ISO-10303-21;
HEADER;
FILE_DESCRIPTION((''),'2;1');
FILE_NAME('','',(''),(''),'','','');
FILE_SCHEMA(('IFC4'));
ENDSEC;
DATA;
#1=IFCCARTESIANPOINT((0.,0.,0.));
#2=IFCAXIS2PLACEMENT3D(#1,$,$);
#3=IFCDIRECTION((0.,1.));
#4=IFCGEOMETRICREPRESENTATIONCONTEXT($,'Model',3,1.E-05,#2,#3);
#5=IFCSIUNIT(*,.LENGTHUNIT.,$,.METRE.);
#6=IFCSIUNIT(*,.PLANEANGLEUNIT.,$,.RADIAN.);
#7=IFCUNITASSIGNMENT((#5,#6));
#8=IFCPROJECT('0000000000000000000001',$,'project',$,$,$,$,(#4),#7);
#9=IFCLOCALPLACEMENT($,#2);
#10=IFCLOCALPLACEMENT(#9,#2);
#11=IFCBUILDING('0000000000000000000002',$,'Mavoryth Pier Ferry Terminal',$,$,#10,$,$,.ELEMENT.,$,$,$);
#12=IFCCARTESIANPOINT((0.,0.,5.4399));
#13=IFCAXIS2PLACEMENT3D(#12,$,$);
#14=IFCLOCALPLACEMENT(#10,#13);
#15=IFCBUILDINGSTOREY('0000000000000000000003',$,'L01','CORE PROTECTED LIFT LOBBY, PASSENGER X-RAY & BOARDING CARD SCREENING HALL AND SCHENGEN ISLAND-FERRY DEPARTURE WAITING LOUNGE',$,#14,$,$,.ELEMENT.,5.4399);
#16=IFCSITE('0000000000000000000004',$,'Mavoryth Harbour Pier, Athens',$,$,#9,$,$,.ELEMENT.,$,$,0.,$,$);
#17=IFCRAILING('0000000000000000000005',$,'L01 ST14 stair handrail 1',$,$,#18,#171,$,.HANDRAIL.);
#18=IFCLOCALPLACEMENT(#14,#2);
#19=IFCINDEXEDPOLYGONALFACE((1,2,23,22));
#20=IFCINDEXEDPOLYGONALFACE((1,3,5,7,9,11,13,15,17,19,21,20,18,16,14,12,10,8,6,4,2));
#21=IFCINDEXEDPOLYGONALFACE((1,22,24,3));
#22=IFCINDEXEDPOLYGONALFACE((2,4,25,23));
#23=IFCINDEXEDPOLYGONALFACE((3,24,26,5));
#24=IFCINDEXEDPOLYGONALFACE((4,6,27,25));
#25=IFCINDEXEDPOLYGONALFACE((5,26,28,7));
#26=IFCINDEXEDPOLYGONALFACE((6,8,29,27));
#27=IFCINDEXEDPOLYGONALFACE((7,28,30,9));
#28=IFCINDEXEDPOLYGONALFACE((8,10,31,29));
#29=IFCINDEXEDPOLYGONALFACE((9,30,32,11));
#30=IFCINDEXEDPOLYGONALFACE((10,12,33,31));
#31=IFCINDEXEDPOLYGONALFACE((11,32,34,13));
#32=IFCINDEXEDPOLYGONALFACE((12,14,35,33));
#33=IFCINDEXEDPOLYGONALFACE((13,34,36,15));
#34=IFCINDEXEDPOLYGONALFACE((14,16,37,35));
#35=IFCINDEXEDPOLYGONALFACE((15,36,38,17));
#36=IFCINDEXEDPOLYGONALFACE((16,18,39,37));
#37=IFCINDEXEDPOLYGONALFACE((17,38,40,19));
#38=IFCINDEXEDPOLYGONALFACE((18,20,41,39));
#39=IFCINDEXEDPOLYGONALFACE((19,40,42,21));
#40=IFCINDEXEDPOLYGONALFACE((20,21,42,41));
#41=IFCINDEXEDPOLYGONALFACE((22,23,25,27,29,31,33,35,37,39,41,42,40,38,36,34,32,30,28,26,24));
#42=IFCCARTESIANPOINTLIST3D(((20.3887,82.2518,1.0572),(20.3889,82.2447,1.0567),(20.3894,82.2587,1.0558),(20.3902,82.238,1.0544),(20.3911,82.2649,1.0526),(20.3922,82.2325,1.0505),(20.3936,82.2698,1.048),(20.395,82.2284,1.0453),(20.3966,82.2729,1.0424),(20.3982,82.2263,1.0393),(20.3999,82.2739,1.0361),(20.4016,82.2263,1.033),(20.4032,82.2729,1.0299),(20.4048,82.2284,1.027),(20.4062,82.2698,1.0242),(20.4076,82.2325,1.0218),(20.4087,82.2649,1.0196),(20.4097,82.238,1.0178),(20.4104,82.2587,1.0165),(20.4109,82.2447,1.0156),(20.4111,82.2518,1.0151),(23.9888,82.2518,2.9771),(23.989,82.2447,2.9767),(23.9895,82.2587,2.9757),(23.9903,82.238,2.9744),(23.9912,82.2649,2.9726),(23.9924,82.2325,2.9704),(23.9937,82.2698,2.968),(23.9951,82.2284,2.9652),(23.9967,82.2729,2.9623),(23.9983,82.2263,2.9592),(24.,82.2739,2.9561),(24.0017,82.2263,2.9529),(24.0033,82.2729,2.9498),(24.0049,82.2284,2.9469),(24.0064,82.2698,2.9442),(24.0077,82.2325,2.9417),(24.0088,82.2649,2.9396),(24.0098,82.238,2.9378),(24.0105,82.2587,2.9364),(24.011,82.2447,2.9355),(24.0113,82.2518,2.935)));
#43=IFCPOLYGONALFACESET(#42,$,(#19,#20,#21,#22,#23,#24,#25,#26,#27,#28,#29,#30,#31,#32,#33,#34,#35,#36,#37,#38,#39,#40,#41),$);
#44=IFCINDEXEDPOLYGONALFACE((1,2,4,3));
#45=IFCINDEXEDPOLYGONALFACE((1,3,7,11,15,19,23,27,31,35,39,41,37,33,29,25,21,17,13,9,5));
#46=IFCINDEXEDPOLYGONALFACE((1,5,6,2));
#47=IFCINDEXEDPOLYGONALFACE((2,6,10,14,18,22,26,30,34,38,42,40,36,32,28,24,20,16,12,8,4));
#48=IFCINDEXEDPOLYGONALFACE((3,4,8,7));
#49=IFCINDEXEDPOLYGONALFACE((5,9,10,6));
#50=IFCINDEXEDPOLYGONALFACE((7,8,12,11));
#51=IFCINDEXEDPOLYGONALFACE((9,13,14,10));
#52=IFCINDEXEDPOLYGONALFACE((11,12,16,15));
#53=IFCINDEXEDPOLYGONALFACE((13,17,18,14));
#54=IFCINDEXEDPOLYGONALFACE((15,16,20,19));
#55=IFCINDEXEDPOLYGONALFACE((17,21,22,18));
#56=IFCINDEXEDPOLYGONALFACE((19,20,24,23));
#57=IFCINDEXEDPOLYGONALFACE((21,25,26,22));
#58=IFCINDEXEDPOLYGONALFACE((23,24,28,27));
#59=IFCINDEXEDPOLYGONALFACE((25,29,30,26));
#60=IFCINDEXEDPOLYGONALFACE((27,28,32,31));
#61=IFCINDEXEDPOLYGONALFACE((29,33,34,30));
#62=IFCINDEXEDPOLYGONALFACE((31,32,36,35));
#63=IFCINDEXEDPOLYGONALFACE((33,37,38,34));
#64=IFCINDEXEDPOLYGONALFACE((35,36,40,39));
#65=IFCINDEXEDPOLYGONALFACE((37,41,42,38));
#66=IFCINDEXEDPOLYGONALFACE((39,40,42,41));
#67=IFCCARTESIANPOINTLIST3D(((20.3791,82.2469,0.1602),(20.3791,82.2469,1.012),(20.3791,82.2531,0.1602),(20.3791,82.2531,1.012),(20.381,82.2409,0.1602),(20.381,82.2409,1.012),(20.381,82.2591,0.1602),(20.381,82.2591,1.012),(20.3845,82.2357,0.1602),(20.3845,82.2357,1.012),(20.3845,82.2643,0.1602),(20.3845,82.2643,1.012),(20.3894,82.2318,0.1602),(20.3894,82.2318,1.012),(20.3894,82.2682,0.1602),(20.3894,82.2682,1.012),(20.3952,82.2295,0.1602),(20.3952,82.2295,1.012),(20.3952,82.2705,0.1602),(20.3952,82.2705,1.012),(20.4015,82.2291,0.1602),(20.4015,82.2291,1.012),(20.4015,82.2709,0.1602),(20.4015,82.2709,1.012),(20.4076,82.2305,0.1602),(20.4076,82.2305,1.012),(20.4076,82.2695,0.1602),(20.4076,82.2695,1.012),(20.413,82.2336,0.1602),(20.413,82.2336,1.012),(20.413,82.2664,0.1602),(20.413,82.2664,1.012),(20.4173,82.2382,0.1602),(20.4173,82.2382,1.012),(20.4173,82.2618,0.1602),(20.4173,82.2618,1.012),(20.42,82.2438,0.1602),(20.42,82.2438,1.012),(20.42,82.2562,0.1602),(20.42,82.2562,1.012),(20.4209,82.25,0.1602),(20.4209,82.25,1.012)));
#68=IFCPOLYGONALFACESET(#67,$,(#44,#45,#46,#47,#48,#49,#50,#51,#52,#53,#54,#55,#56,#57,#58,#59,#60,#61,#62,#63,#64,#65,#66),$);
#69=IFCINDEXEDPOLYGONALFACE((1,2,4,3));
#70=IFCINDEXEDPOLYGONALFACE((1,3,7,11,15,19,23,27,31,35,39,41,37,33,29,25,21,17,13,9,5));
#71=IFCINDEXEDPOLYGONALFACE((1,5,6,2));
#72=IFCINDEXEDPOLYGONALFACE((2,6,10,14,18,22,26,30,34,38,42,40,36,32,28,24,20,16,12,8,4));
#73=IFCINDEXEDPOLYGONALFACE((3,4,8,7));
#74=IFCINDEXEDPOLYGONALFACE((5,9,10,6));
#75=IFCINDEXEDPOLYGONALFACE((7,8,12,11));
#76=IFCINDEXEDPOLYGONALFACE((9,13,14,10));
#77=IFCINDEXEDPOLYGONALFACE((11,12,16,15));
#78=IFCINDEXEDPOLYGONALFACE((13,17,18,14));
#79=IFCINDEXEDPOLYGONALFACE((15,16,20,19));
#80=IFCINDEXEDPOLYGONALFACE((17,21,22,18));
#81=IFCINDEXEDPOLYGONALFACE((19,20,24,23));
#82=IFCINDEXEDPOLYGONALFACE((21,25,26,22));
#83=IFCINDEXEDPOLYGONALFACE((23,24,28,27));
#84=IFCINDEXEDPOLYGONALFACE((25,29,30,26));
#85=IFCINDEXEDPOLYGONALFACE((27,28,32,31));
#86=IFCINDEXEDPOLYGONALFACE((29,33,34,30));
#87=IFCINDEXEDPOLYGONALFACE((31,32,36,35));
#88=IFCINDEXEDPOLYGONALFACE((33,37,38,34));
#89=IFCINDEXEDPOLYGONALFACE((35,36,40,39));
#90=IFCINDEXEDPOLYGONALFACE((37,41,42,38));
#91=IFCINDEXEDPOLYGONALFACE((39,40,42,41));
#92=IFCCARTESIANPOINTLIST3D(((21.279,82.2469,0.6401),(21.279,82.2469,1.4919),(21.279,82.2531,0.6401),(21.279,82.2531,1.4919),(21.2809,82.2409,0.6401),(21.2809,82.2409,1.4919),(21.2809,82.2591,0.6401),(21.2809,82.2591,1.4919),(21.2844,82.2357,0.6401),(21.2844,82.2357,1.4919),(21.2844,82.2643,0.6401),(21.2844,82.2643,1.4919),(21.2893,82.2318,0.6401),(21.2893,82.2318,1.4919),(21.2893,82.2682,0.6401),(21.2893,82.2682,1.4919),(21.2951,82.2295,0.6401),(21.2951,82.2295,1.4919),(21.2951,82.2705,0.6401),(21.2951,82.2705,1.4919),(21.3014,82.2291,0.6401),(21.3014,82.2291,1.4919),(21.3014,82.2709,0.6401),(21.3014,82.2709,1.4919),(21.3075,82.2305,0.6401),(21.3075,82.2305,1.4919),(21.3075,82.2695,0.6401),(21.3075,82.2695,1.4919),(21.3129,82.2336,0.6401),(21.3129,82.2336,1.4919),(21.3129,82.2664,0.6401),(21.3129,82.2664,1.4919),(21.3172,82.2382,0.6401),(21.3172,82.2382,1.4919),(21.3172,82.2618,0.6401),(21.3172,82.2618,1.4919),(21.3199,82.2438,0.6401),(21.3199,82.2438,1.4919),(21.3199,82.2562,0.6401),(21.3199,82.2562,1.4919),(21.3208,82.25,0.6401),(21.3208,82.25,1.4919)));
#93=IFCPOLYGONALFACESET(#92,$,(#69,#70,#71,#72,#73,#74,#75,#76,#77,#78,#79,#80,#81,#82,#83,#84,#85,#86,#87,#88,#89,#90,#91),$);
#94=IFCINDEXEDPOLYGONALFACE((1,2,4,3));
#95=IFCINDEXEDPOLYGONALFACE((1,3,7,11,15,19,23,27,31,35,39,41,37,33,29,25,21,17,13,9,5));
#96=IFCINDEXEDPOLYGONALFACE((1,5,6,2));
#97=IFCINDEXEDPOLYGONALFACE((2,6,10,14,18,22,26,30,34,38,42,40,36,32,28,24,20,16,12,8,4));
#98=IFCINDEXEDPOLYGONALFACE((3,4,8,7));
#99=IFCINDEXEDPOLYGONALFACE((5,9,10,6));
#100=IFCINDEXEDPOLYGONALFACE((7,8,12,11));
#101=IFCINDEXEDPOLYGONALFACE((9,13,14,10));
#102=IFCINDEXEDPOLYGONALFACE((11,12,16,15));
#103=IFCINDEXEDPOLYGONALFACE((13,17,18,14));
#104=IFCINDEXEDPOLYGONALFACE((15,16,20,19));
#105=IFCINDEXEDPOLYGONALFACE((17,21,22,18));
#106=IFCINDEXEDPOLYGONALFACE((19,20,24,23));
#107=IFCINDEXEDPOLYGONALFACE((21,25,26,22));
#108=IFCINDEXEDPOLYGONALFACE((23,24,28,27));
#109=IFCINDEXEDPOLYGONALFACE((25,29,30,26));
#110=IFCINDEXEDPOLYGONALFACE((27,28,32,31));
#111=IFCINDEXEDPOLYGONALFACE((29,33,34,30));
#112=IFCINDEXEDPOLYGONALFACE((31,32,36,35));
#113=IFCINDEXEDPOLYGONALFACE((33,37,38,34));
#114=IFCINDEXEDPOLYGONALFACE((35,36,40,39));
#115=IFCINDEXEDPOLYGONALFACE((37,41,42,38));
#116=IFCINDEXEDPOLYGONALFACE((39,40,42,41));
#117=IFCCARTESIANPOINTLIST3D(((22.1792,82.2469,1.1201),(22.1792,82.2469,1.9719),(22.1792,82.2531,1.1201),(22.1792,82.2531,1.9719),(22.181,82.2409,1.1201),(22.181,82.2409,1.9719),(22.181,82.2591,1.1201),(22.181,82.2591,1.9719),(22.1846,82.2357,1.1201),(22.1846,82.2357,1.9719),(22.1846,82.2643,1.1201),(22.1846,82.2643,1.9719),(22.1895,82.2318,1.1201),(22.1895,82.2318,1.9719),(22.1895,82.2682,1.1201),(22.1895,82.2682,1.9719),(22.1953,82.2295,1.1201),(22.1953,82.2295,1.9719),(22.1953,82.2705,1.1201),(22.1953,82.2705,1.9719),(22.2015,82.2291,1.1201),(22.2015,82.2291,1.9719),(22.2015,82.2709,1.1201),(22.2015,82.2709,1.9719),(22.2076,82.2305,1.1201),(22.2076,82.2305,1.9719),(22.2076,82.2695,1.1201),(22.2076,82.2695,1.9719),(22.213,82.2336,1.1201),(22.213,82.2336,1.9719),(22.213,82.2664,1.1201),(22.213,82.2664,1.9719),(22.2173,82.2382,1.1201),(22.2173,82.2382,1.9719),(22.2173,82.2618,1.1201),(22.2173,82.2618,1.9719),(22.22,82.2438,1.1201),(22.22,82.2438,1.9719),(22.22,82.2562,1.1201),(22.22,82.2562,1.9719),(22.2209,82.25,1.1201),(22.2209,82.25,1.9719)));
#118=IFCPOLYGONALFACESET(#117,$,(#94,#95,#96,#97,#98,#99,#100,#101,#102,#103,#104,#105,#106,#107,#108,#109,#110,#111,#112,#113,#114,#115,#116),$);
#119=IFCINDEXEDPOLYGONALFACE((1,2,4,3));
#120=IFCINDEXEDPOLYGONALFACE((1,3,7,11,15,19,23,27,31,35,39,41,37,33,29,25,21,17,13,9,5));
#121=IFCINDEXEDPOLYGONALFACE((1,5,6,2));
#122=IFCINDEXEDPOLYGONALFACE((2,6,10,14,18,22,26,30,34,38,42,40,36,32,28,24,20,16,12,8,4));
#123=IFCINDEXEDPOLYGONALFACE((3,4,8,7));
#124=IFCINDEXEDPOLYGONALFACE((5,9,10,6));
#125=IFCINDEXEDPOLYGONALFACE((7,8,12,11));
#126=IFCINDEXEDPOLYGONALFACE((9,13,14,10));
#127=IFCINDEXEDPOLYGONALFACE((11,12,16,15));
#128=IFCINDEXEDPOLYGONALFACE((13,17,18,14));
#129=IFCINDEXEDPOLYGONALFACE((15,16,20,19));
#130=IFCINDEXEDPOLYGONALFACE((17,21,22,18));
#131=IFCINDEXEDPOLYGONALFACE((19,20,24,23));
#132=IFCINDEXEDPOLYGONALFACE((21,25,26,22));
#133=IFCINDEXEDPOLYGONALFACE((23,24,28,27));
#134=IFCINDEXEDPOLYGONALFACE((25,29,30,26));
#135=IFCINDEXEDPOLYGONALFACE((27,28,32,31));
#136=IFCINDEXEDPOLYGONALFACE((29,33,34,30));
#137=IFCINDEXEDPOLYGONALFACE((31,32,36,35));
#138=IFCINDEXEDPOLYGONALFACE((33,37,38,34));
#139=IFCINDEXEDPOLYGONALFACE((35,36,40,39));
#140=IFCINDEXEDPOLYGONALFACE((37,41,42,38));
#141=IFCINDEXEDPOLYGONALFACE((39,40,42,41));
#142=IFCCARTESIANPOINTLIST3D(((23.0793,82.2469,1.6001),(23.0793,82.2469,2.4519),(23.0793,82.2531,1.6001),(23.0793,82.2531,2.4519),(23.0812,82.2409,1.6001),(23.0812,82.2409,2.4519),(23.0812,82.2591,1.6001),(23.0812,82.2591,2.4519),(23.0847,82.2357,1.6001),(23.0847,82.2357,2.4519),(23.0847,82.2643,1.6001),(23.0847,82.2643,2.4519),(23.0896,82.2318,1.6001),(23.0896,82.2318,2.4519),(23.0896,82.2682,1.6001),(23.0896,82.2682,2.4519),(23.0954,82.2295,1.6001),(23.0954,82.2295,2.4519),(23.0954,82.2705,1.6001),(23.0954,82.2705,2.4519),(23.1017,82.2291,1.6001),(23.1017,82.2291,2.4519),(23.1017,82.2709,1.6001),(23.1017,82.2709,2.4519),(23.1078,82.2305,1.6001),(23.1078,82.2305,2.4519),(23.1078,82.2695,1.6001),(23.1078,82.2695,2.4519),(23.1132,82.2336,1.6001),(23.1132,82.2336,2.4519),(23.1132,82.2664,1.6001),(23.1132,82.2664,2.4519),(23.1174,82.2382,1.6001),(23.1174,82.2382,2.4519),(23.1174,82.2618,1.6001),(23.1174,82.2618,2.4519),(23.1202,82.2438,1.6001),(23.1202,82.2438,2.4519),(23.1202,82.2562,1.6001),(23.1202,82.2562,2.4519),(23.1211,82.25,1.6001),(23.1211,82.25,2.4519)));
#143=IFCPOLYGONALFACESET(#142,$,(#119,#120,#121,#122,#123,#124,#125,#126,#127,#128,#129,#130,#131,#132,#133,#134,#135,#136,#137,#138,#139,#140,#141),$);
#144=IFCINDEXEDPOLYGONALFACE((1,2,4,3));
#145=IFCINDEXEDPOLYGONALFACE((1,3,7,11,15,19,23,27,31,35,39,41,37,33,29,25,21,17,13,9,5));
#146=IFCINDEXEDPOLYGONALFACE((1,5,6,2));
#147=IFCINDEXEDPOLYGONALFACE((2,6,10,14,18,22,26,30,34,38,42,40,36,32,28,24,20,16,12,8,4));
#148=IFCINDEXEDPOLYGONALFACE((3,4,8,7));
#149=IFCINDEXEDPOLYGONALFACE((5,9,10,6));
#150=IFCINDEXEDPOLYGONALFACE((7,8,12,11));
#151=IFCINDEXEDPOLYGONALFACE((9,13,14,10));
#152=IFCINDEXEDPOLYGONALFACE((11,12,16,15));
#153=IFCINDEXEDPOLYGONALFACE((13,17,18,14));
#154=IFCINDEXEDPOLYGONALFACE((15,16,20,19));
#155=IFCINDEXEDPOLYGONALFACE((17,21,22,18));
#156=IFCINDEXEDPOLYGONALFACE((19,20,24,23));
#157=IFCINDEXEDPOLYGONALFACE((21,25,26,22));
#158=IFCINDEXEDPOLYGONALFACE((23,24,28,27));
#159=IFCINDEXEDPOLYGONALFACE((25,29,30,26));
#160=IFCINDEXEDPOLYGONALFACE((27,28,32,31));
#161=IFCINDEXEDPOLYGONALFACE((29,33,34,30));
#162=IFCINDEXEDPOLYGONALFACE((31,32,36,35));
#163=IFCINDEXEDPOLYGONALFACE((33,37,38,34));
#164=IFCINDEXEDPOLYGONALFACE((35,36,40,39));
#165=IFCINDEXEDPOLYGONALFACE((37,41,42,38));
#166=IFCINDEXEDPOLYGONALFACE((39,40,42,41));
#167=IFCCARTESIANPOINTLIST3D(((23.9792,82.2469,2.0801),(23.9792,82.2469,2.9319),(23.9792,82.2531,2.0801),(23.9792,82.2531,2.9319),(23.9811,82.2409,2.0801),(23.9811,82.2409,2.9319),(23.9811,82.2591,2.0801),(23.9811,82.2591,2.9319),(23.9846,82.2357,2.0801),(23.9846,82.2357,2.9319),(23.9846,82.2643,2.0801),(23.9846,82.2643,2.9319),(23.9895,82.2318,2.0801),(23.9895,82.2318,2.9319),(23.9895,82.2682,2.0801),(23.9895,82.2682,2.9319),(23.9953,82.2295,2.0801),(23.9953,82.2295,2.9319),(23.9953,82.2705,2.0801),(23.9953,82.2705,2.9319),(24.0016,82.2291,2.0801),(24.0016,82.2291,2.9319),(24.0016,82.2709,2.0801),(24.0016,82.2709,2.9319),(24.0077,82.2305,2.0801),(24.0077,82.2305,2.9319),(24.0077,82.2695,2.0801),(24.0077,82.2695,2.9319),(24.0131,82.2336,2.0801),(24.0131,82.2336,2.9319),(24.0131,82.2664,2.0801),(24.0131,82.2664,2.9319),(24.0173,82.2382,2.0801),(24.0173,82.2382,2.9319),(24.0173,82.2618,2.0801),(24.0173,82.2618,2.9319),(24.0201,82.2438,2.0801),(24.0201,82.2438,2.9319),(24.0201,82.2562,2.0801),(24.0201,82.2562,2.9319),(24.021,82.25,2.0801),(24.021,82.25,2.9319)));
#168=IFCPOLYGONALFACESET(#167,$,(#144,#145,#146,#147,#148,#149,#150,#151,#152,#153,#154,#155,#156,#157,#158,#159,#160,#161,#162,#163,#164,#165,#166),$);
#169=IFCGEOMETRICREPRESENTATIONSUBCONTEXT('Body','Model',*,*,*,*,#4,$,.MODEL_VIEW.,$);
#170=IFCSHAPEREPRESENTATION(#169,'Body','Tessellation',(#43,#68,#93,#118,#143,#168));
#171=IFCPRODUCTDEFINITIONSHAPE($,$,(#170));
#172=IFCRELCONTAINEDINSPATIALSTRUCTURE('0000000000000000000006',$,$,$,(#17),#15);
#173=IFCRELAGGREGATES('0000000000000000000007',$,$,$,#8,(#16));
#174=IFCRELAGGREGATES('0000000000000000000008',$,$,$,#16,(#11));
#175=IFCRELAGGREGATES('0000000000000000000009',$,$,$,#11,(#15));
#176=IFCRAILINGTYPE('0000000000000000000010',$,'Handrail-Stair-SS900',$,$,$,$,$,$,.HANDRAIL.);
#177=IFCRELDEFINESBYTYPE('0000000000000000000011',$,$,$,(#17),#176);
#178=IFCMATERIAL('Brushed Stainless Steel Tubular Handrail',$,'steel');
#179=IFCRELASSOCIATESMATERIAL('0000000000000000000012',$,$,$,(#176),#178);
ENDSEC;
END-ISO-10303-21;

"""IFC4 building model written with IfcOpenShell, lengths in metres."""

from ifc_helpers import new_model, si_unit, direction, frame, origin, origin_2d, place, context, subcontext, project, spatial, circle, extrude, material, type_object, element, save


model = new_model("IFC4")

# Units and contexts
model_context = context("Model", 3, precision=1e-05, world=origin(), true_north=direction((0.0, 1.0)))
body_context = subcontext(model_context, "Body", "Model", "MODEL_VIEW")
ifc_project = project(units=[si_unit("LENGTHUNIT", "METRE"), si_unit("PLANEANGLEUNIT", "RADIAN")], contexts=[model_context])

# Site, building, storey
site_placement = place(None, origin())
site = spatial("IfcSite", under=ifc_project, at=site_placement, Name="Mavoryth Harbour Pier, Athens", CompositionType="ELEMENT", RefElevation=0.0)
building_placement = place(site_placement, origin())
building = spatial("IfcBuilding", under=site, at=building_placement, Name="Mavoryth Pier Ferry Terminal", CompositionType="ELEMENT")
storey_placement = place(building_placement, frame((0.0, 0.0, 5.4399)))
storey = spatial("IfcBuildingStorey", under=building, at=storey_placement, Name="L01", Description="CORE PROTECTED LIFT LOBBY, PASSENGER X-RAY & BOARDING CARD SCREENING HALL AND SCHENGEN ISLAND-FERRY DEPARTURE WAITING LOUNGE", CompositionType="ELEMENT", Elevation=5.4399)

# Railing
ifc_material_1 = material(Name="Brushed Stainless Steel Tubular Handrail", Category="steel")
railing_type_1 = type_object("IfcRailingType", Name="Handrail-Stair-SS900", PredefinedType="HANDRAIL", material=ifc_material_1)
railing_1_placement = place(storey_placement, frame((20.3999, 82.25, 0.1602)))
element("IfcRailing", 1, at=railing_1_placement, inside=storey, type_object=railing_type_1, Name="L01 ST14 stair handrail 1", PredefinedType="HANDRAIL", context=body_context, shape_type="SweptSolid", body=[
    extrude(circle(Radius=0.0239, at=origin_2d()), frame((0.0, 0.0, 0.876), z_axis=(0.882366, 0.0, 0.470563), x_axis=(0.0, 1.0, 0.0)), (0.0, 0.0, 1.0), 4.0801),
    extrude(circle(Radius=0.021, at=origin_2d()), origin(), (0.0, 0.0, 1.0), 0.8518),
    extrude(circle(Radius=0.021, at=origin_2d()), frame((0.8999, 0.0, 0.48)), (0.0, 0.0, 1.0), 0.8518),
    extrude(circle(Radius=0.021, at=origin_2d()), frame((1.8, 0.0, 0.96)), (0.0, 0.0, 1.0), 0.8518),
    extrude(circle(Radius=0.021, at=origin_2d()), frame((2.7002, 0.0, 1.4399)), (0.0, 0.0, 1.0), 0.8518),
    extrude(circle(Radius=0.021, at=origin_2d()), frame((3.6001, 0.0, 1.9199)), (0.0, 0.0, 1.0), 0.8518),
])

save(model, "model.ifc")
